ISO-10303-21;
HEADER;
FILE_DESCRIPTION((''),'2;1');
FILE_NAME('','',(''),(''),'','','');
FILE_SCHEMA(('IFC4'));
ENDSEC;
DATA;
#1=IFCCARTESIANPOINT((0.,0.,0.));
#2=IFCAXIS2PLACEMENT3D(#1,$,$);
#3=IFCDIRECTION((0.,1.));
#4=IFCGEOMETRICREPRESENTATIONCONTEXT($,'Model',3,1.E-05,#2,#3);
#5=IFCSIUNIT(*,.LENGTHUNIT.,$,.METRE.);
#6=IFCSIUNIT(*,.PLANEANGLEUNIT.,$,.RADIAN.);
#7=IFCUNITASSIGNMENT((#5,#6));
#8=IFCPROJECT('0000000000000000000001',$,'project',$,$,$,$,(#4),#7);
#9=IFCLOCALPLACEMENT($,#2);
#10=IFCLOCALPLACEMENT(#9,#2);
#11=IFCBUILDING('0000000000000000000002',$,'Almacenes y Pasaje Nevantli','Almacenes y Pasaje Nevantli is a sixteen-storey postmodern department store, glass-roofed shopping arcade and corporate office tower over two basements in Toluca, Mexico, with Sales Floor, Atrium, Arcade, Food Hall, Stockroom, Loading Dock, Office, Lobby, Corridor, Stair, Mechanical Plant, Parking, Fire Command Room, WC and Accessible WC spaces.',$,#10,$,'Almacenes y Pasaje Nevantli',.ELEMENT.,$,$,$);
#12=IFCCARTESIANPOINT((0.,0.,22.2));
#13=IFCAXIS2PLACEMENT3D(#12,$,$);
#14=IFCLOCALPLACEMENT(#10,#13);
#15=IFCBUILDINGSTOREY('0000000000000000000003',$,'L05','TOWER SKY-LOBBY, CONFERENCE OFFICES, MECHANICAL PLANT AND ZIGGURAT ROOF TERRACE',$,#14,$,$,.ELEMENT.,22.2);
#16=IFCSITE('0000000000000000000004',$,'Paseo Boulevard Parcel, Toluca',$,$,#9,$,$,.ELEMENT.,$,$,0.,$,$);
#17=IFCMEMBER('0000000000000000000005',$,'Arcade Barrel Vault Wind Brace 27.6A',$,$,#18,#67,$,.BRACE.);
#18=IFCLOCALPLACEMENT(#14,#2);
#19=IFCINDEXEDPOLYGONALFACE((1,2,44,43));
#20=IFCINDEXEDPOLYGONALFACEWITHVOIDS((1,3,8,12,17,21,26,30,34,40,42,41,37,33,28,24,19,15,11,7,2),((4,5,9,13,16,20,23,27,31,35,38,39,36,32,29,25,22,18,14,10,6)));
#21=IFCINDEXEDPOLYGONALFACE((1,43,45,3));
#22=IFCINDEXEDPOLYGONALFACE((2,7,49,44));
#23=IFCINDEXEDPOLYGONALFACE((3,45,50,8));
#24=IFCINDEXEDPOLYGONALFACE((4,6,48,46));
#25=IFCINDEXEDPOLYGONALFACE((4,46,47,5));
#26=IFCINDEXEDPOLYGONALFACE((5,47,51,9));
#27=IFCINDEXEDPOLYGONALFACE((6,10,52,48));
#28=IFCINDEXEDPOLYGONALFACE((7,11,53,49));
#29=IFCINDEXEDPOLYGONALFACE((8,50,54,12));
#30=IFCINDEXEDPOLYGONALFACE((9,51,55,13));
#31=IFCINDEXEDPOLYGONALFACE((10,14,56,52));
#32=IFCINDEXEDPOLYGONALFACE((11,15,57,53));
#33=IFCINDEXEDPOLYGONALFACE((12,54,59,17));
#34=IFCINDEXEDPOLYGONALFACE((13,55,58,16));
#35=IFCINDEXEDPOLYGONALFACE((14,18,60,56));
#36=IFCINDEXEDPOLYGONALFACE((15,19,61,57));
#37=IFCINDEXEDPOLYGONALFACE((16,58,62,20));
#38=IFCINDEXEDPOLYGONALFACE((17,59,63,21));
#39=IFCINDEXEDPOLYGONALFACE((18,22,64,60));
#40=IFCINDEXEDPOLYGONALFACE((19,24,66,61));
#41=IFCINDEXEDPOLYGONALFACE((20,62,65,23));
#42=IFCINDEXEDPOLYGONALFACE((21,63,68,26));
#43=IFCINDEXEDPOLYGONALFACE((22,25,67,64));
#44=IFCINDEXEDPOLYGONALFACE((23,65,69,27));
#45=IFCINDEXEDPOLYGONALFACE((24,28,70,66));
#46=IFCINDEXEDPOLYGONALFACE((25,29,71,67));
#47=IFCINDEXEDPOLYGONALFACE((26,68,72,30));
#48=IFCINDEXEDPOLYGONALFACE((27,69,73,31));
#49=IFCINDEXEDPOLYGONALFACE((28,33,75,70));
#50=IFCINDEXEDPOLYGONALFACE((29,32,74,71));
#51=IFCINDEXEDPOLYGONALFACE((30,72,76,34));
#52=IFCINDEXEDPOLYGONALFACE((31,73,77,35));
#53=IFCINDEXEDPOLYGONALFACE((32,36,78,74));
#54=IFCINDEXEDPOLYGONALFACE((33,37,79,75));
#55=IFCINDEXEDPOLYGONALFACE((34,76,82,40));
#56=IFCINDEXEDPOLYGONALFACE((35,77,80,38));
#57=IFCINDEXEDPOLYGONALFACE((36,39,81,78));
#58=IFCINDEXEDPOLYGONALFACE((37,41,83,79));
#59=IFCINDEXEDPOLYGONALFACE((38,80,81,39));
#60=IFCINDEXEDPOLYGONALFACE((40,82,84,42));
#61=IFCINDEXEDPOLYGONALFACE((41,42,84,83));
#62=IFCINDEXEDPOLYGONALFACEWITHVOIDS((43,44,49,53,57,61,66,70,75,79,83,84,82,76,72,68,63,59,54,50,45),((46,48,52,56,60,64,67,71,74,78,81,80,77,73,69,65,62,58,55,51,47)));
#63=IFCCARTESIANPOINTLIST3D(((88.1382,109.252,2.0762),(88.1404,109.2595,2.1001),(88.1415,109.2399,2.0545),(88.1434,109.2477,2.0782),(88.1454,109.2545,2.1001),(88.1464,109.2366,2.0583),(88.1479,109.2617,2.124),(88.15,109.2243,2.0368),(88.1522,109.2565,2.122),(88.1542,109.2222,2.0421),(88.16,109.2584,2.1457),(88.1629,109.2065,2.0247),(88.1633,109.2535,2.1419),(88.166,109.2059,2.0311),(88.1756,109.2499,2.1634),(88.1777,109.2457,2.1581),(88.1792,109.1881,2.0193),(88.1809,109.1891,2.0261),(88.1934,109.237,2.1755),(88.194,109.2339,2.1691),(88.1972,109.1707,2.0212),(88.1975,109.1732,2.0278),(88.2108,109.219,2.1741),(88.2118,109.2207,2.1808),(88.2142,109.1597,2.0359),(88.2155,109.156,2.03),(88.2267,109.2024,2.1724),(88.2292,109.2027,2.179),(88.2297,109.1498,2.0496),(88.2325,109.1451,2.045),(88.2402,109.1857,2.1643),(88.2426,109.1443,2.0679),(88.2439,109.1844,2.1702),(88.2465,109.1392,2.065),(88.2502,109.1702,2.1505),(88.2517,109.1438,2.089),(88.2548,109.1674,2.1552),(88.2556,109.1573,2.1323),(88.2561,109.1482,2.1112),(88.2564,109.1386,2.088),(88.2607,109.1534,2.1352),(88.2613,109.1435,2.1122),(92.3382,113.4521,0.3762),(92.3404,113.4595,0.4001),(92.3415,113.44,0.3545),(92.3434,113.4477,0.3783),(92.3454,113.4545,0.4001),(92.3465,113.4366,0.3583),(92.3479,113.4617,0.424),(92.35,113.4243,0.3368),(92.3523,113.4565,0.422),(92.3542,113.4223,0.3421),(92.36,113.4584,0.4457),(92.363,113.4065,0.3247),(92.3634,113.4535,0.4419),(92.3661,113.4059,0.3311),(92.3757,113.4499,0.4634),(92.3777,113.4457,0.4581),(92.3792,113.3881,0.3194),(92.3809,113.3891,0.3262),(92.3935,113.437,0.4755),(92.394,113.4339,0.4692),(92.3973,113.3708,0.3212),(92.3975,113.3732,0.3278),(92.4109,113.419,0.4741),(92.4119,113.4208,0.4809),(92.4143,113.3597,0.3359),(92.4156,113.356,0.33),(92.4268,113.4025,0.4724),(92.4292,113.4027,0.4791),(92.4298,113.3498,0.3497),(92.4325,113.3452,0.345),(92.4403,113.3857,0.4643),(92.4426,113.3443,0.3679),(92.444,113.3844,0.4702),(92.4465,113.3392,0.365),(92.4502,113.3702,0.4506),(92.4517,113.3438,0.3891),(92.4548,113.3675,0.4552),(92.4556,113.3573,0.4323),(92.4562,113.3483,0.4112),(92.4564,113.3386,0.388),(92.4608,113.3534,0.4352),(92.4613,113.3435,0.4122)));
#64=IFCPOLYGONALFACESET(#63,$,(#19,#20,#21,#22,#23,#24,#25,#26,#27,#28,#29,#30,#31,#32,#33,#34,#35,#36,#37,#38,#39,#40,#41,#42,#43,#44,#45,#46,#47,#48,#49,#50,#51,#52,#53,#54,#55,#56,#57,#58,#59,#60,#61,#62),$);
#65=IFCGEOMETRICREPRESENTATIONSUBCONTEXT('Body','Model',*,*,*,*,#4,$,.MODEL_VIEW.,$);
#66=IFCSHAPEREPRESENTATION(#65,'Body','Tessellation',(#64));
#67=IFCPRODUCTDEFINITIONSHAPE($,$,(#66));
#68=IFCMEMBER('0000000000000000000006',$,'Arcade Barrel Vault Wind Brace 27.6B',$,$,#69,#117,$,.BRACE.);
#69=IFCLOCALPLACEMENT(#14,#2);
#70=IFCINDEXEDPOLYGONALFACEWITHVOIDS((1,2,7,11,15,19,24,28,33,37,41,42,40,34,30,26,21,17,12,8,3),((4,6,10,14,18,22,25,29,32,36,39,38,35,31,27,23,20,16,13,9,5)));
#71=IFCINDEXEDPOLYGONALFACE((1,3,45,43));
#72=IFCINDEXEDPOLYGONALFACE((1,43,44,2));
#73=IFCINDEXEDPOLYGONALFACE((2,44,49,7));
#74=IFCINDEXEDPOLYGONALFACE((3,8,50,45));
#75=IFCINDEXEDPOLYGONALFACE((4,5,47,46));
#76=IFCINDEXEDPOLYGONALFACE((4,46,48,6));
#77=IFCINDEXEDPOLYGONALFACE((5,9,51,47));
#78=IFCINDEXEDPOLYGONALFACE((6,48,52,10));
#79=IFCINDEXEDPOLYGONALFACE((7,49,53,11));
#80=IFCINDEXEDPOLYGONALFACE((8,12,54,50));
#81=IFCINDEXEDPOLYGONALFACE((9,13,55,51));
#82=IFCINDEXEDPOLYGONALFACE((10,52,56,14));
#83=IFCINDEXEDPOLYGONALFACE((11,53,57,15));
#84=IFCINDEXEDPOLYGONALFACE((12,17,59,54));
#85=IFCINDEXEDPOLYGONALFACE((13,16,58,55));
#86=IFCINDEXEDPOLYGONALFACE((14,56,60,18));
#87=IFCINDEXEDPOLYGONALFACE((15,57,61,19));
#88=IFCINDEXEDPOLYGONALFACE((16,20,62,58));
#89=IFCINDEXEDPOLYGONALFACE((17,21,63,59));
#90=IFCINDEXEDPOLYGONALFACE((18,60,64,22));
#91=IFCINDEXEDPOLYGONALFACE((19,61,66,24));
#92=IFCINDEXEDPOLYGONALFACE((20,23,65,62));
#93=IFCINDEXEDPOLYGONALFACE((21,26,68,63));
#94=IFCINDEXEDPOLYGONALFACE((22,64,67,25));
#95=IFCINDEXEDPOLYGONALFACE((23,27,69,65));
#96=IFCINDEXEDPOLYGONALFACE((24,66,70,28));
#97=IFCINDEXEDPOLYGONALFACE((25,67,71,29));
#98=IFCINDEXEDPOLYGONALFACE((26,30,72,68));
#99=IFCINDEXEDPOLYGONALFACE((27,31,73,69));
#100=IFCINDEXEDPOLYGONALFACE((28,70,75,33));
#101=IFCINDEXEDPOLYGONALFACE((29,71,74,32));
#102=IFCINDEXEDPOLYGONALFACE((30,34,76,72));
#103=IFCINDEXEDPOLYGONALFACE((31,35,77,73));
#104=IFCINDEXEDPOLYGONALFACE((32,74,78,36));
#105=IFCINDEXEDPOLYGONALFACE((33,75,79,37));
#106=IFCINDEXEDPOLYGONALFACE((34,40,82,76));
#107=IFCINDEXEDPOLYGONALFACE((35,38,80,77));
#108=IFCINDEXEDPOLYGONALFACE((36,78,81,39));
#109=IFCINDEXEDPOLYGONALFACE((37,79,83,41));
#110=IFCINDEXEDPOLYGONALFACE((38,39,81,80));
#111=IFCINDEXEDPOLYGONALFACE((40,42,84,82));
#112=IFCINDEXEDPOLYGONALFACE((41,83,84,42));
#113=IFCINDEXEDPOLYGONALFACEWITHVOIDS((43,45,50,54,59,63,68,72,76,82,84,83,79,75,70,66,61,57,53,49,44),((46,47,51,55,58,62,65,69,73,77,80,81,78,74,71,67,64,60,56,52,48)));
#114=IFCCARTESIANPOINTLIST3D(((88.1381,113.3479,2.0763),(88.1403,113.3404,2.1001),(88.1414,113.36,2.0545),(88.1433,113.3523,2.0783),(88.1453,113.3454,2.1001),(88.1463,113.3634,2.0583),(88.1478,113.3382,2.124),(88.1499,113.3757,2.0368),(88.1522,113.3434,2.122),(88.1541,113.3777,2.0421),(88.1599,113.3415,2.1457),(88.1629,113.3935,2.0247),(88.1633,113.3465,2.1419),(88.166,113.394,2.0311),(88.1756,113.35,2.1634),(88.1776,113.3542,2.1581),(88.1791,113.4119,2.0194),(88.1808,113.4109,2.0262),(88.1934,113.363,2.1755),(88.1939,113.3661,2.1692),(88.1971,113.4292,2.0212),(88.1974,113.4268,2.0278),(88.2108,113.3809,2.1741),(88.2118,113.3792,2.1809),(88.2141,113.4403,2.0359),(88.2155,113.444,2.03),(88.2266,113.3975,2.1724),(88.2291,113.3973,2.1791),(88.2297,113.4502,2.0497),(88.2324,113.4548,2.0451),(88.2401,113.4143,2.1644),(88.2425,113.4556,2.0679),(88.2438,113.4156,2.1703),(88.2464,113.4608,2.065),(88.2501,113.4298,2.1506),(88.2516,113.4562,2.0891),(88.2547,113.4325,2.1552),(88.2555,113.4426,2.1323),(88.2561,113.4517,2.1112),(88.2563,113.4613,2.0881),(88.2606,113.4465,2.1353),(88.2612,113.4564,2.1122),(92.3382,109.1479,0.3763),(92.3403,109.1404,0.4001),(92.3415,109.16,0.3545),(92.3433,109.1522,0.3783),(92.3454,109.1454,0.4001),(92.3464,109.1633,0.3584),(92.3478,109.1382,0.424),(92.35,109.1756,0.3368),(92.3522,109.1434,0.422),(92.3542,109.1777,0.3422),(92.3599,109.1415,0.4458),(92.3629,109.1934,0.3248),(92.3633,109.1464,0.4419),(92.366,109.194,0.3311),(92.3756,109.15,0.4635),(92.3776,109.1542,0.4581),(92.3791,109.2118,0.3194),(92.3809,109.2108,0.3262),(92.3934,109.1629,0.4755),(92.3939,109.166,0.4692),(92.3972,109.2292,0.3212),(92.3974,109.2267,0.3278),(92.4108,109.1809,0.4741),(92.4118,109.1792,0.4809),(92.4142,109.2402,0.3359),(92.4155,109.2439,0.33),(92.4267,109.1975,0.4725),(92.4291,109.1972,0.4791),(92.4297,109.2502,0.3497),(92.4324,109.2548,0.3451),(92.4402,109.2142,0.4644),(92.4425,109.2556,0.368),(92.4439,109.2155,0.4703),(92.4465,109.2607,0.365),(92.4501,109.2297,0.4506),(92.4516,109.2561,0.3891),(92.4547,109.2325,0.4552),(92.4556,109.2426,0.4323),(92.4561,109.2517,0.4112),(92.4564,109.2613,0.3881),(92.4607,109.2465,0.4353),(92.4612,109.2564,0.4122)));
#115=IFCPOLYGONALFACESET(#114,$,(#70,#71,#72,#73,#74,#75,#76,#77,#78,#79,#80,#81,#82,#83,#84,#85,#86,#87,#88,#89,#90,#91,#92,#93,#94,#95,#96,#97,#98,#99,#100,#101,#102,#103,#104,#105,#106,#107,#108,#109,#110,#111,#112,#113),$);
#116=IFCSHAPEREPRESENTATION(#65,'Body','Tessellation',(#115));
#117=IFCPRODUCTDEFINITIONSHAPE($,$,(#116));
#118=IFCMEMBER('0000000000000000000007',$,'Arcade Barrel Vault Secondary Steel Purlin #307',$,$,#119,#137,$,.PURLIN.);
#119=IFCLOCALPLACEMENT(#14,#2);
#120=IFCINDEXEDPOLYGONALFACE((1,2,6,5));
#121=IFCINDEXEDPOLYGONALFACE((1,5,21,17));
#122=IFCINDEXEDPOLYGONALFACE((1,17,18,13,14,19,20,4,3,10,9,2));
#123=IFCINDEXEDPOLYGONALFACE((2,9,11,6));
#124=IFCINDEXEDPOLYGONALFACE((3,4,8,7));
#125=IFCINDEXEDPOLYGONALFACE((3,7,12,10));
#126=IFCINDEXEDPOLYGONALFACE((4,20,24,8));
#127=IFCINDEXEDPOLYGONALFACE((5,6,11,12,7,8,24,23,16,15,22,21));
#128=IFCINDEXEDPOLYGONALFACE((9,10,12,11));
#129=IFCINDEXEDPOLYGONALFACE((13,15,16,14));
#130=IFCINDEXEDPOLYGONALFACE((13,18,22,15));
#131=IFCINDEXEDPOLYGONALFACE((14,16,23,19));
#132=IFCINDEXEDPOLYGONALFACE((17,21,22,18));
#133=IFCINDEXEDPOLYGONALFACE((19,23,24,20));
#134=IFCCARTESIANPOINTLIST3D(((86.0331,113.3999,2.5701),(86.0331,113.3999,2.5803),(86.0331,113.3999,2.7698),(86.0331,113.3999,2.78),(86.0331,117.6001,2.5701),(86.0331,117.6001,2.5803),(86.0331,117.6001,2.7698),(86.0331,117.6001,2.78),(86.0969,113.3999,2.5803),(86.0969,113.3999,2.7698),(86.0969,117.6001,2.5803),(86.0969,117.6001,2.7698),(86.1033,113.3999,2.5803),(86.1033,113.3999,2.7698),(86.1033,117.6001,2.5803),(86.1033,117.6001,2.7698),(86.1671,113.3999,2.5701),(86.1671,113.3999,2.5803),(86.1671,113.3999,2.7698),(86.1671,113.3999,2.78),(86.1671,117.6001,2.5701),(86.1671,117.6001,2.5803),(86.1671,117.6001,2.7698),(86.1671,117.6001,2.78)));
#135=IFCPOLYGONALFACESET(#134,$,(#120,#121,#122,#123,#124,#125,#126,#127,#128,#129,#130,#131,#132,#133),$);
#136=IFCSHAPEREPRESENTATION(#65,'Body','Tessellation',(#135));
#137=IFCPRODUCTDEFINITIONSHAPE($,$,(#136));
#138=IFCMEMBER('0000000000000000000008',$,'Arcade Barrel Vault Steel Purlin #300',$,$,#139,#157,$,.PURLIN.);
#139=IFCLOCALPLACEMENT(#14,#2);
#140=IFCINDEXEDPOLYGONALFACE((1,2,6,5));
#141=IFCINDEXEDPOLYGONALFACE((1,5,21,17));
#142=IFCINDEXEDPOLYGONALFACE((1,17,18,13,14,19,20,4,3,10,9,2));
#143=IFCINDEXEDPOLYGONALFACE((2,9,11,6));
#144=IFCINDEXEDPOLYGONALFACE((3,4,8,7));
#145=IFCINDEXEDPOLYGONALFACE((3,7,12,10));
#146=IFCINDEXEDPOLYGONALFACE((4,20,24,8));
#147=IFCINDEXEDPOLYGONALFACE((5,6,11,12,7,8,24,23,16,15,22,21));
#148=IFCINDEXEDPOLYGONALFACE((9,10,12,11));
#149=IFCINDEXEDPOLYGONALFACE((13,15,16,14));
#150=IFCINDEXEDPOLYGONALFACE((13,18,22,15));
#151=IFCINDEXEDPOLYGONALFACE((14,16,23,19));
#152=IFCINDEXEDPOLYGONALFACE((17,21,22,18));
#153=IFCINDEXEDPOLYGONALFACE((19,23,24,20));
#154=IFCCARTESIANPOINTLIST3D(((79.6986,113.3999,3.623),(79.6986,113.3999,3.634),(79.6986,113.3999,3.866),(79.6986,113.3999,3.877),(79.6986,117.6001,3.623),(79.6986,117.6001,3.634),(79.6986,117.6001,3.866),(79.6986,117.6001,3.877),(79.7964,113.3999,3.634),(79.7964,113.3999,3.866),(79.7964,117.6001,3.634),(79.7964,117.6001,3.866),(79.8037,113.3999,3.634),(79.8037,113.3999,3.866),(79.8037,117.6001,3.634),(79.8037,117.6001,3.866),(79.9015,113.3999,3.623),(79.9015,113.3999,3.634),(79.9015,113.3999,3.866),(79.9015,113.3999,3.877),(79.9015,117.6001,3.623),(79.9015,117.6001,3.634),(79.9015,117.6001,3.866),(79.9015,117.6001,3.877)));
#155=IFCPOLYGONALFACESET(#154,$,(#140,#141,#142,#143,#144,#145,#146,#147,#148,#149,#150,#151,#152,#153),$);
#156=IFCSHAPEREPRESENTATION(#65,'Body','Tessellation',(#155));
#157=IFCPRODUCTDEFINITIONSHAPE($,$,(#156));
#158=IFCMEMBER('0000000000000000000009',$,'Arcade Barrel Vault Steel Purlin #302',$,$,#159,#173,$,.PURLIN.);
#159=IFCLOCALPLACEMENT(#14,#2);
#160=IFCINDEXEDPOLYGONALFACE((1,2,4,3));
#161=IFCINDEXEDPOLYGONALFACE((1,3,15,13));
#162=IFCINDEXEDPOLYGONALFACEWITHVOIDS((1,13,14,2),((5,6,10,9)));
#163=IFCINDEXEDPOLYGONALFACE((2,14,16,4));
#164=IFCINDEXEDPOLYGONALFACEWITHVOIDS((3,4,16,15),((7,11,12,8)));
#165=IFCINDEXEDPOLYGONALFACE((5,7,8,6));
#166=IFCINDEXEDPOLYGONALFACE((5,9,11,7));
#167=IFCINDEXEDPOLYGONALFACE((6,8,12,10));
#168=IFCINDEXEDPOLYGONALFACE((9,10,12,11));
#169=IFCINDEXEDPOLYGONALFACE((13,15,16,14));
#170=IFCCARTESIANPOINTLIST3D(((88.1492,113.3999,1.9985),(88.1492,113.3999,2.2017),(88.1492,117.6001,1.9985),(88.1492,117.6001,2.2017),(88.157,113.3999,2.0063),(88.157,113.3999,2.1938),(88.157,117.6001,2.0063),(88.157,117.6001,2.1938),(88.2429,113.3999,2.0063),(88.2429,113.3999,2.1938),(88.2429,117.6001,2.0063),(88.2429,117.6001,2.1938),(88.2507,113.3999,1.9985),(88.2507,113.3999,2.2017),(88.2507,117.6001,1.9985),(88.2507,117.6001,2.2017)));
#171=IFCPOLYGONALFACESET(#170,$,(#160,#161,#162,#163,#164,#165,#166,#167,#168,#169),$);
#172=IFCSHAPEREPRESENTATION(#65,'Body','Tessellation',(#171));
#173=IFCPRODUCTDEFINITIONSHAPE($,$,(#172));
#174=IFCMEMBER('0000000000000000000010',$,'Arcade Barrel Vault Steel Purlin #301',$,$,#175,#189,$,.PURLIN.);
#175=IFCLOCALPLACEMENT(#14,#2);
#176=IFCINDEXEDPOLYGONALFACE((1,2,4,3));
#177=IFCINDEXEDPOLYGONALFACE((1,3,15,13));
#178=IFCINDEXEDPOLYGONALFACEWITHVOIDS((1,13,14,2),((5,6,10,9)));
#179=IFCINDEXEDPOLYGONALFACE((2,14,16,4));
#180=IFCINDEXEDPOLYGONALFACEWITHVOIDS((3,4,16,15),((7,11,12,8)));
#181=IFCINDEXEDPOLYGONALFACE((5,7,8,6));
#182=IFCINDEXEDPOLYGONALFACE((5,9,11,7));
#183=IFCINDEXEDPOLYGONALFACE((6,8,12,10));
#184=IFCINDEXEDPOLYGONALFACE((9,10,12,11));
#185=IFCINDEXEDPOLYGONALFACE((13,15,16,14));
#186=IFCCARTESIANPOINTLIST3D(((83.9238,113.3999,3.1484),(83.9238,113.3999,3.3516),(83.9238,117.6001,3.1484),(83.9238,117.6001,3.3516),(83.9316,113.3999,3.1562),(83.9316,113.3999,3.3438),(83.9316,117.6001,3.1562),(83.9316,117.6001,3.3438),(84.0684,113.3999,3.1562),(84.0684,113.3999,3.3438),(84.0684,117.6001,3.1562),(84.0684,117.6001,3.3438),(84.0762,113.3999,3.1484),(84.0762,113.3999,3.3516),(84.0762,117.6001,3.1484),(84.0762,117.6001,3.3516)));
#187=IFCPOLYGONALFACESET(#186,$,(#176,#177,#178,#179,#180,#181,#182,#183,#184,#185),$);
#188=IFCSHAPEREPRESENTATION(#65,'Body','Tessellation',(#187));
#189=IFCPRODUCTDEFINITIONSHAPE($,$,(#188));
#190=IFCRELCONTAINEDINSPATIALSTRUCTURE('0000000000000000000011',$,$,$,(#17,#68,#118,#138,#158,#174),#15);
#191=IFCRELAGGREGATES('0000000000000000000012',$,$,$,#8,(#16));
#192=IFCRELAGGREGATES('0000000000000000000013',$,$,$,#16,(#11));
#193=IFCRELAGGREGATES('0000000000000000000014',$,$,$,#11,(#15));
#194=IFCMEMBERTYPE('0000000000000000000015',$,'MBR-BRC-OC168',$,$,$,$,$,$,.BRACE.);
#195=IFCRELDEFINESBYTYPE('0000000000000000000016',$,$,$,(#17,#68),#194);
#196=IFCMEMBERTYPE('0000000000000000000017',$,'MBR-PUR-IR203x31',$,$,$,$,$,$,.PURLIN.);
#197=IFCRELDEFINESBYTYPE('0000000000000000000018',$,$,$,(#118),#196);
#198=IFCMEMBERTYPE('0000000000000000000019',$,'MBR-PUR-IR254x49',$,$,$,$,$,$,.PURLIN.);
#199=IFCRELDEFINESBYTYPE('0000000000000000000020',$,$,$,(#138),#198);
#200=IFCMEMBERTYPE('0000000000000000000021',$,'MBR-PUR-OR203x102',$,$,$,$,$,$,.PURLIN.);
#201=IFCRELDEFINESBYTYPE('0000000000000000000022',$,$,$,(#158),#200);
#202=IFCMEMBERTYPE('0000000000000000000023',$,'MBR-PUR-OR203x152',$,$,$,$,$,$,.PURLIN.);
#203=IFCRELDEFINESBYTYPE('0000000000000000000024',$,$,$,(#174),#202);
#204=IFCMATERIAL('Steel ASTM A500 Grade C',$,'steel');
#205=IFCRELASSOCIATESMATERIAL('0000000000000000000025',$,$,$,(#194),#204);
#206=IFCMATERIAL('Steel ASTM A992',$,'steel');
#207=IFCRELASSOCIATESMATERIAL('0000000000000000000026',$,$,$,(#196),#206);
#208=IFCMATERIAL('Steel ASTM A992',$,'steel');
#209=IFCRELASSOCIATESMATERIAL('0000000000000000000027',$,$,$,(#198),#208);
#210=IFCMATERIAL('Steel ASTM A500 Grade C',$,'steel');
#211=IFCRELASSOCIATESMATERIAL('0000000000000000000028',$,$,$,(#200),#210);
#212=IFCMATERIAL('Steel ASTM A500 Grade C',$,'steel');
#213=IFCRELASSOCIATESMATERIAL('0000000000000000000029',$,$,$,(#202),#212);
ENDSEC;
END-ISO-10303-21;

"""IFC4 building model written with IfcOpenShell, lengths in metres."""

from ifc_helpers import new_model, si_unit, direction, frame, origin, origin_2d, place, context, subcontext, project, spatial, hollow_rectangle, hollow_circle, i_section, extrude, material, material_profile, profile_set, type_object, element, save


model = new_model("IFC4")

# Units and contexts
model_context = context("Model", 3, precision=1e-05, world=origin(), true_north=direction((0.0, 1.0)))
body_context = subcontext(model_context, "Body", "Model", "MODEL_VIEW")
ifc_project = project(units=[si_unit("LENGTHUNIT", "METRE"), si_unit("PLANEANGLEUNIT", "RADIAN")], contexts=[model_context])

# Site, building, storey
site_placement = place(None, origin())
site = spatial("IfcSite", under=ifc_project, at=site_placement, Name="Paseo Boulevard Parcel, Toluca", CompositionType="ELEMENT", RefElevation=0.0)
building_placement = place(site_placement, origin())
building = spatial("IfcBuilding", under=site, at=building_placement, Name="Almacenes y Pasaje Nevantli", Description="Almacenes y Pasaje Nevantli is a sixteen-storey postmodern department store, glass-roofed shopping arcade and corporate office tower over two basements in Toluca, Mexico, with Sales Floor, Atrium, Arcade, Food Hall, Stockroom, Loading Dock, Office, Lobby, Corridor, Stair, Mechanical Plant, Parking, Fire Command Room, WC and Accessible WC spaces.", LongName="Almacenes y Pasaje Nevantli", CompositionType="ELEMENT")
storey_placement = place(building_placement, frame((0.0, 0.0, 22.2)))
storey = spatial("IfcBuildingStorey", under=building, at=storey_placement, Name="L05", Description="TOWER SKY-LOBBY, CONFERENCE OFFICES, MECHANICAL PLANT AND ZIGGURAT ROOF TERRACE", CompositionType="ELEMENT", Elevation=22.2)

# Members
ifc_material_1 = material(Name="Steel ASTM A500 Grade C", Category="steel")
ifc_material_profile_1 = material_profile(ifc_material_1, hollow_circle(Radius=0.0842, WallThickness=0.0071, at=origin_2d()), Name="OC 168x7.1")
ifc_profile_set_1 = profile_set([ifc_material_profile_1], Name="Steel ASTM A500 Grade C")
member_type_1 = type_object("IfcMemberType", Name="MBR-BRC-OC168", PredefinedType="BRACE", material=ifc_profile_set_1)
for number, where, z_axis, x_axis, name in (
    (1, (88.2, 109.2, 2.1001), (0.679812, 0.679812, -0.275157), (-0.707107, 0.707107, 0.0), "Arcade Barrel Vault Wind Brace 27.6A"),
    (2, (92.3999, 109.2, 0.4001), (-0.679812, 0.679812, 0.275157), (-0.707107, -0.707107, 0.0), "Arcade Barrel Vault Wind Brace 27.6B"),
):
    element("IfcMember", number, at=place(storey_placement, frame(where, z_axis=z_axis, x_axis=x_axis)), inside=storey, type_object=member_type_1, Name=name, PredefinedType="BRACE", context=body_context, shape_type="SweptSolid", body=[
        extrude(hollow_circle(Radius=0.0842, WallThickness=0.0071, at=origin_2d()), origin(), (0.0, 0.0, 1.0), 6.1782),
    ])
ifc_material_2 = material(Name="Steel ASTM A992", Category="steel")
ifc_material_profile_2 = material_profile(ifc_material_2, i_section(OverallWidth=0.134, OverallDepth=0.21, WebThickness=0.0063, FlangeThickness=0.0103, at=origin_2d()), Name="IR 203x31.3")
ifc_profile_set_2 = profile_set([ifc_material_profile_2], Name="Steel ASTM A992")
member_type_2 = type_object("IfcMemberType", Name="MBR-PUR-IR203x31", PredefinedType="PURLIN", material=ifc_profile_set_2)
member_1_placement = place(storey_placement, frame((86.1001, 113.3999, 2.675), z_axis=(0.0, 1.0, 0.0), x_axis=(-1.0, 0.0, 0.0)))
element("IfcMember", 3, at=member_1_placement, inside=storey, type_object=member_type_2, Name="Arcade Barrel Vault Secondary Steel Purlin #307", PredefinedType="PURLIN", context=body_context, shape_type="SweptSolid", body=[
    extrude(i_section(OverallWidth=0.134, OverallDepth=0.21, WebThickness=0.0063, FlangeThickness=0.0103, at=origin_2d()), origin(), (0.0, 0.0, 1.0), 4.2002),
])
ifc_material_3 = material(Name="Steel ASTM A992", Category="steel")
ifc_material_profile_3 = material_profile(ifc_material_3, i_section(OverallWidth=0.2029, OverallDepth=0.2539, WebThickness=0.0073, FlangeThickness=0.011, at=origin_2d()), Name="IR 254x49.1")
ifc_profile_set_3 = profile_set([ifc_material_profile_3], Name="Steel ASTM A992")
member_type_3 = type_object("IfcMemberType", Name="MBR-PUR-IR254x49", PredefinedType="PURLIN", material=ifc_profile_set_3)
member_2_placement = place(storey_placement, frame((79.8, 113.3999, 3.75), z_axis=(0.0, 1.0, 0.0), x_axis=(-1.0, 0.0, 0.0)))
element("IfcMember", 4, at=member_2_placement, inside=storey, type_object=member_type_3, Name="Arcade Barrel Vault Steel Purlin #300", PredefinedType="PURLIN", context=body_context, shape_type="SweptSolid", body=[
    extrude(i_section(OverallWidth=0.2029, OverallDepth=0.2539, WebThickness=0.0073, FlangeThickness=0.011, at=origin_2d()), origin(), (0.0, 0.0, 1.0), 4.2002),
])
ifc_material_4 = material(Name="Steel ASTM A500 Grade C", Category="steel")
ifc_material_profile_4 = material_profile(ifc_material_4, hollow_rectangle(XDim=0.1016, YDim=0.2031, WallThickness=0.0078, at=origin_2d()), Name="OR 203x102x7.9")
ifc_profile_set_4 = profile_set([ifc_material_profile_4], Name="Steel ASTM A500 Grade C")
member_type_4 = type_object("IfcMemberType", Name="MBR-PUR-OR203x102", PredefinedType="PURLIN", material=ifc_profile_set_4)
member_3_placement = place(storey_placement, frame((88.2, 113.3999, 2.1001), z_axis=(0.0, 1.0, 0.0), x_axis=(-1.0, 0.0, 0.0)))
element("IfcMember", 5, at=member_3_placement, inside=storey, type_object=member_type_4, Name="Arcade Barrel Vault Steel Purlin #302", PredefinedType="PURLIN", context=body_context, shape_type="SweptSolid", body=[
    extrude(hollow_rectangle(XDim=0.1016, YDim=0.2031, WallThickness=0.0078, at=origin_2d()), origin(), (0.0, 0.0, 1.0), 4.2002),
])
ifc_material_5 = material(Name="Steel ASTM A500 Grade C", Category="steel")
ifc_material_profile_5 = material_profile(ifc_material_5, hollow_rectangle(XDim=0.1523, YDim=0.2031, WallThickness=0.0078, at=origin_2d()), Name="OR 203x152x7.9")
ifc_profile_set_5 = profile_set([ifc_material_profile_5], Name="Steel ASTM A500 Grade C")
member_type_5 = type_object("IfcMemberType", Name="MBR-PUR-OR203x152", PredefinedType="PURLIN", material=ifc_profile_set_5)
member_4_placement = place(storey_placement, frame((84.0, 113.3999, 3.25), z_axis=(0.0, 1.0, 0.0), x_axis=(-1.0, 0.0, 0.0)))
element("IfcMember", 6, at=member_4_placement, inside=storey, type_object=member_type_5, Name="Arcade Barrel Vault Steel Purlin #301", PredefinedType="PURLIN", context=body_context, shape_type="SweptSolid", body=[
    extrude(hollow_rectangle(XDim=0.1523, YDim=0.2031, WallThickness=0.0078, at=origin_2d()), origin(), (0.0, 0.0, 1.0), 4.2002),
])

save(model, "model.ifc")
